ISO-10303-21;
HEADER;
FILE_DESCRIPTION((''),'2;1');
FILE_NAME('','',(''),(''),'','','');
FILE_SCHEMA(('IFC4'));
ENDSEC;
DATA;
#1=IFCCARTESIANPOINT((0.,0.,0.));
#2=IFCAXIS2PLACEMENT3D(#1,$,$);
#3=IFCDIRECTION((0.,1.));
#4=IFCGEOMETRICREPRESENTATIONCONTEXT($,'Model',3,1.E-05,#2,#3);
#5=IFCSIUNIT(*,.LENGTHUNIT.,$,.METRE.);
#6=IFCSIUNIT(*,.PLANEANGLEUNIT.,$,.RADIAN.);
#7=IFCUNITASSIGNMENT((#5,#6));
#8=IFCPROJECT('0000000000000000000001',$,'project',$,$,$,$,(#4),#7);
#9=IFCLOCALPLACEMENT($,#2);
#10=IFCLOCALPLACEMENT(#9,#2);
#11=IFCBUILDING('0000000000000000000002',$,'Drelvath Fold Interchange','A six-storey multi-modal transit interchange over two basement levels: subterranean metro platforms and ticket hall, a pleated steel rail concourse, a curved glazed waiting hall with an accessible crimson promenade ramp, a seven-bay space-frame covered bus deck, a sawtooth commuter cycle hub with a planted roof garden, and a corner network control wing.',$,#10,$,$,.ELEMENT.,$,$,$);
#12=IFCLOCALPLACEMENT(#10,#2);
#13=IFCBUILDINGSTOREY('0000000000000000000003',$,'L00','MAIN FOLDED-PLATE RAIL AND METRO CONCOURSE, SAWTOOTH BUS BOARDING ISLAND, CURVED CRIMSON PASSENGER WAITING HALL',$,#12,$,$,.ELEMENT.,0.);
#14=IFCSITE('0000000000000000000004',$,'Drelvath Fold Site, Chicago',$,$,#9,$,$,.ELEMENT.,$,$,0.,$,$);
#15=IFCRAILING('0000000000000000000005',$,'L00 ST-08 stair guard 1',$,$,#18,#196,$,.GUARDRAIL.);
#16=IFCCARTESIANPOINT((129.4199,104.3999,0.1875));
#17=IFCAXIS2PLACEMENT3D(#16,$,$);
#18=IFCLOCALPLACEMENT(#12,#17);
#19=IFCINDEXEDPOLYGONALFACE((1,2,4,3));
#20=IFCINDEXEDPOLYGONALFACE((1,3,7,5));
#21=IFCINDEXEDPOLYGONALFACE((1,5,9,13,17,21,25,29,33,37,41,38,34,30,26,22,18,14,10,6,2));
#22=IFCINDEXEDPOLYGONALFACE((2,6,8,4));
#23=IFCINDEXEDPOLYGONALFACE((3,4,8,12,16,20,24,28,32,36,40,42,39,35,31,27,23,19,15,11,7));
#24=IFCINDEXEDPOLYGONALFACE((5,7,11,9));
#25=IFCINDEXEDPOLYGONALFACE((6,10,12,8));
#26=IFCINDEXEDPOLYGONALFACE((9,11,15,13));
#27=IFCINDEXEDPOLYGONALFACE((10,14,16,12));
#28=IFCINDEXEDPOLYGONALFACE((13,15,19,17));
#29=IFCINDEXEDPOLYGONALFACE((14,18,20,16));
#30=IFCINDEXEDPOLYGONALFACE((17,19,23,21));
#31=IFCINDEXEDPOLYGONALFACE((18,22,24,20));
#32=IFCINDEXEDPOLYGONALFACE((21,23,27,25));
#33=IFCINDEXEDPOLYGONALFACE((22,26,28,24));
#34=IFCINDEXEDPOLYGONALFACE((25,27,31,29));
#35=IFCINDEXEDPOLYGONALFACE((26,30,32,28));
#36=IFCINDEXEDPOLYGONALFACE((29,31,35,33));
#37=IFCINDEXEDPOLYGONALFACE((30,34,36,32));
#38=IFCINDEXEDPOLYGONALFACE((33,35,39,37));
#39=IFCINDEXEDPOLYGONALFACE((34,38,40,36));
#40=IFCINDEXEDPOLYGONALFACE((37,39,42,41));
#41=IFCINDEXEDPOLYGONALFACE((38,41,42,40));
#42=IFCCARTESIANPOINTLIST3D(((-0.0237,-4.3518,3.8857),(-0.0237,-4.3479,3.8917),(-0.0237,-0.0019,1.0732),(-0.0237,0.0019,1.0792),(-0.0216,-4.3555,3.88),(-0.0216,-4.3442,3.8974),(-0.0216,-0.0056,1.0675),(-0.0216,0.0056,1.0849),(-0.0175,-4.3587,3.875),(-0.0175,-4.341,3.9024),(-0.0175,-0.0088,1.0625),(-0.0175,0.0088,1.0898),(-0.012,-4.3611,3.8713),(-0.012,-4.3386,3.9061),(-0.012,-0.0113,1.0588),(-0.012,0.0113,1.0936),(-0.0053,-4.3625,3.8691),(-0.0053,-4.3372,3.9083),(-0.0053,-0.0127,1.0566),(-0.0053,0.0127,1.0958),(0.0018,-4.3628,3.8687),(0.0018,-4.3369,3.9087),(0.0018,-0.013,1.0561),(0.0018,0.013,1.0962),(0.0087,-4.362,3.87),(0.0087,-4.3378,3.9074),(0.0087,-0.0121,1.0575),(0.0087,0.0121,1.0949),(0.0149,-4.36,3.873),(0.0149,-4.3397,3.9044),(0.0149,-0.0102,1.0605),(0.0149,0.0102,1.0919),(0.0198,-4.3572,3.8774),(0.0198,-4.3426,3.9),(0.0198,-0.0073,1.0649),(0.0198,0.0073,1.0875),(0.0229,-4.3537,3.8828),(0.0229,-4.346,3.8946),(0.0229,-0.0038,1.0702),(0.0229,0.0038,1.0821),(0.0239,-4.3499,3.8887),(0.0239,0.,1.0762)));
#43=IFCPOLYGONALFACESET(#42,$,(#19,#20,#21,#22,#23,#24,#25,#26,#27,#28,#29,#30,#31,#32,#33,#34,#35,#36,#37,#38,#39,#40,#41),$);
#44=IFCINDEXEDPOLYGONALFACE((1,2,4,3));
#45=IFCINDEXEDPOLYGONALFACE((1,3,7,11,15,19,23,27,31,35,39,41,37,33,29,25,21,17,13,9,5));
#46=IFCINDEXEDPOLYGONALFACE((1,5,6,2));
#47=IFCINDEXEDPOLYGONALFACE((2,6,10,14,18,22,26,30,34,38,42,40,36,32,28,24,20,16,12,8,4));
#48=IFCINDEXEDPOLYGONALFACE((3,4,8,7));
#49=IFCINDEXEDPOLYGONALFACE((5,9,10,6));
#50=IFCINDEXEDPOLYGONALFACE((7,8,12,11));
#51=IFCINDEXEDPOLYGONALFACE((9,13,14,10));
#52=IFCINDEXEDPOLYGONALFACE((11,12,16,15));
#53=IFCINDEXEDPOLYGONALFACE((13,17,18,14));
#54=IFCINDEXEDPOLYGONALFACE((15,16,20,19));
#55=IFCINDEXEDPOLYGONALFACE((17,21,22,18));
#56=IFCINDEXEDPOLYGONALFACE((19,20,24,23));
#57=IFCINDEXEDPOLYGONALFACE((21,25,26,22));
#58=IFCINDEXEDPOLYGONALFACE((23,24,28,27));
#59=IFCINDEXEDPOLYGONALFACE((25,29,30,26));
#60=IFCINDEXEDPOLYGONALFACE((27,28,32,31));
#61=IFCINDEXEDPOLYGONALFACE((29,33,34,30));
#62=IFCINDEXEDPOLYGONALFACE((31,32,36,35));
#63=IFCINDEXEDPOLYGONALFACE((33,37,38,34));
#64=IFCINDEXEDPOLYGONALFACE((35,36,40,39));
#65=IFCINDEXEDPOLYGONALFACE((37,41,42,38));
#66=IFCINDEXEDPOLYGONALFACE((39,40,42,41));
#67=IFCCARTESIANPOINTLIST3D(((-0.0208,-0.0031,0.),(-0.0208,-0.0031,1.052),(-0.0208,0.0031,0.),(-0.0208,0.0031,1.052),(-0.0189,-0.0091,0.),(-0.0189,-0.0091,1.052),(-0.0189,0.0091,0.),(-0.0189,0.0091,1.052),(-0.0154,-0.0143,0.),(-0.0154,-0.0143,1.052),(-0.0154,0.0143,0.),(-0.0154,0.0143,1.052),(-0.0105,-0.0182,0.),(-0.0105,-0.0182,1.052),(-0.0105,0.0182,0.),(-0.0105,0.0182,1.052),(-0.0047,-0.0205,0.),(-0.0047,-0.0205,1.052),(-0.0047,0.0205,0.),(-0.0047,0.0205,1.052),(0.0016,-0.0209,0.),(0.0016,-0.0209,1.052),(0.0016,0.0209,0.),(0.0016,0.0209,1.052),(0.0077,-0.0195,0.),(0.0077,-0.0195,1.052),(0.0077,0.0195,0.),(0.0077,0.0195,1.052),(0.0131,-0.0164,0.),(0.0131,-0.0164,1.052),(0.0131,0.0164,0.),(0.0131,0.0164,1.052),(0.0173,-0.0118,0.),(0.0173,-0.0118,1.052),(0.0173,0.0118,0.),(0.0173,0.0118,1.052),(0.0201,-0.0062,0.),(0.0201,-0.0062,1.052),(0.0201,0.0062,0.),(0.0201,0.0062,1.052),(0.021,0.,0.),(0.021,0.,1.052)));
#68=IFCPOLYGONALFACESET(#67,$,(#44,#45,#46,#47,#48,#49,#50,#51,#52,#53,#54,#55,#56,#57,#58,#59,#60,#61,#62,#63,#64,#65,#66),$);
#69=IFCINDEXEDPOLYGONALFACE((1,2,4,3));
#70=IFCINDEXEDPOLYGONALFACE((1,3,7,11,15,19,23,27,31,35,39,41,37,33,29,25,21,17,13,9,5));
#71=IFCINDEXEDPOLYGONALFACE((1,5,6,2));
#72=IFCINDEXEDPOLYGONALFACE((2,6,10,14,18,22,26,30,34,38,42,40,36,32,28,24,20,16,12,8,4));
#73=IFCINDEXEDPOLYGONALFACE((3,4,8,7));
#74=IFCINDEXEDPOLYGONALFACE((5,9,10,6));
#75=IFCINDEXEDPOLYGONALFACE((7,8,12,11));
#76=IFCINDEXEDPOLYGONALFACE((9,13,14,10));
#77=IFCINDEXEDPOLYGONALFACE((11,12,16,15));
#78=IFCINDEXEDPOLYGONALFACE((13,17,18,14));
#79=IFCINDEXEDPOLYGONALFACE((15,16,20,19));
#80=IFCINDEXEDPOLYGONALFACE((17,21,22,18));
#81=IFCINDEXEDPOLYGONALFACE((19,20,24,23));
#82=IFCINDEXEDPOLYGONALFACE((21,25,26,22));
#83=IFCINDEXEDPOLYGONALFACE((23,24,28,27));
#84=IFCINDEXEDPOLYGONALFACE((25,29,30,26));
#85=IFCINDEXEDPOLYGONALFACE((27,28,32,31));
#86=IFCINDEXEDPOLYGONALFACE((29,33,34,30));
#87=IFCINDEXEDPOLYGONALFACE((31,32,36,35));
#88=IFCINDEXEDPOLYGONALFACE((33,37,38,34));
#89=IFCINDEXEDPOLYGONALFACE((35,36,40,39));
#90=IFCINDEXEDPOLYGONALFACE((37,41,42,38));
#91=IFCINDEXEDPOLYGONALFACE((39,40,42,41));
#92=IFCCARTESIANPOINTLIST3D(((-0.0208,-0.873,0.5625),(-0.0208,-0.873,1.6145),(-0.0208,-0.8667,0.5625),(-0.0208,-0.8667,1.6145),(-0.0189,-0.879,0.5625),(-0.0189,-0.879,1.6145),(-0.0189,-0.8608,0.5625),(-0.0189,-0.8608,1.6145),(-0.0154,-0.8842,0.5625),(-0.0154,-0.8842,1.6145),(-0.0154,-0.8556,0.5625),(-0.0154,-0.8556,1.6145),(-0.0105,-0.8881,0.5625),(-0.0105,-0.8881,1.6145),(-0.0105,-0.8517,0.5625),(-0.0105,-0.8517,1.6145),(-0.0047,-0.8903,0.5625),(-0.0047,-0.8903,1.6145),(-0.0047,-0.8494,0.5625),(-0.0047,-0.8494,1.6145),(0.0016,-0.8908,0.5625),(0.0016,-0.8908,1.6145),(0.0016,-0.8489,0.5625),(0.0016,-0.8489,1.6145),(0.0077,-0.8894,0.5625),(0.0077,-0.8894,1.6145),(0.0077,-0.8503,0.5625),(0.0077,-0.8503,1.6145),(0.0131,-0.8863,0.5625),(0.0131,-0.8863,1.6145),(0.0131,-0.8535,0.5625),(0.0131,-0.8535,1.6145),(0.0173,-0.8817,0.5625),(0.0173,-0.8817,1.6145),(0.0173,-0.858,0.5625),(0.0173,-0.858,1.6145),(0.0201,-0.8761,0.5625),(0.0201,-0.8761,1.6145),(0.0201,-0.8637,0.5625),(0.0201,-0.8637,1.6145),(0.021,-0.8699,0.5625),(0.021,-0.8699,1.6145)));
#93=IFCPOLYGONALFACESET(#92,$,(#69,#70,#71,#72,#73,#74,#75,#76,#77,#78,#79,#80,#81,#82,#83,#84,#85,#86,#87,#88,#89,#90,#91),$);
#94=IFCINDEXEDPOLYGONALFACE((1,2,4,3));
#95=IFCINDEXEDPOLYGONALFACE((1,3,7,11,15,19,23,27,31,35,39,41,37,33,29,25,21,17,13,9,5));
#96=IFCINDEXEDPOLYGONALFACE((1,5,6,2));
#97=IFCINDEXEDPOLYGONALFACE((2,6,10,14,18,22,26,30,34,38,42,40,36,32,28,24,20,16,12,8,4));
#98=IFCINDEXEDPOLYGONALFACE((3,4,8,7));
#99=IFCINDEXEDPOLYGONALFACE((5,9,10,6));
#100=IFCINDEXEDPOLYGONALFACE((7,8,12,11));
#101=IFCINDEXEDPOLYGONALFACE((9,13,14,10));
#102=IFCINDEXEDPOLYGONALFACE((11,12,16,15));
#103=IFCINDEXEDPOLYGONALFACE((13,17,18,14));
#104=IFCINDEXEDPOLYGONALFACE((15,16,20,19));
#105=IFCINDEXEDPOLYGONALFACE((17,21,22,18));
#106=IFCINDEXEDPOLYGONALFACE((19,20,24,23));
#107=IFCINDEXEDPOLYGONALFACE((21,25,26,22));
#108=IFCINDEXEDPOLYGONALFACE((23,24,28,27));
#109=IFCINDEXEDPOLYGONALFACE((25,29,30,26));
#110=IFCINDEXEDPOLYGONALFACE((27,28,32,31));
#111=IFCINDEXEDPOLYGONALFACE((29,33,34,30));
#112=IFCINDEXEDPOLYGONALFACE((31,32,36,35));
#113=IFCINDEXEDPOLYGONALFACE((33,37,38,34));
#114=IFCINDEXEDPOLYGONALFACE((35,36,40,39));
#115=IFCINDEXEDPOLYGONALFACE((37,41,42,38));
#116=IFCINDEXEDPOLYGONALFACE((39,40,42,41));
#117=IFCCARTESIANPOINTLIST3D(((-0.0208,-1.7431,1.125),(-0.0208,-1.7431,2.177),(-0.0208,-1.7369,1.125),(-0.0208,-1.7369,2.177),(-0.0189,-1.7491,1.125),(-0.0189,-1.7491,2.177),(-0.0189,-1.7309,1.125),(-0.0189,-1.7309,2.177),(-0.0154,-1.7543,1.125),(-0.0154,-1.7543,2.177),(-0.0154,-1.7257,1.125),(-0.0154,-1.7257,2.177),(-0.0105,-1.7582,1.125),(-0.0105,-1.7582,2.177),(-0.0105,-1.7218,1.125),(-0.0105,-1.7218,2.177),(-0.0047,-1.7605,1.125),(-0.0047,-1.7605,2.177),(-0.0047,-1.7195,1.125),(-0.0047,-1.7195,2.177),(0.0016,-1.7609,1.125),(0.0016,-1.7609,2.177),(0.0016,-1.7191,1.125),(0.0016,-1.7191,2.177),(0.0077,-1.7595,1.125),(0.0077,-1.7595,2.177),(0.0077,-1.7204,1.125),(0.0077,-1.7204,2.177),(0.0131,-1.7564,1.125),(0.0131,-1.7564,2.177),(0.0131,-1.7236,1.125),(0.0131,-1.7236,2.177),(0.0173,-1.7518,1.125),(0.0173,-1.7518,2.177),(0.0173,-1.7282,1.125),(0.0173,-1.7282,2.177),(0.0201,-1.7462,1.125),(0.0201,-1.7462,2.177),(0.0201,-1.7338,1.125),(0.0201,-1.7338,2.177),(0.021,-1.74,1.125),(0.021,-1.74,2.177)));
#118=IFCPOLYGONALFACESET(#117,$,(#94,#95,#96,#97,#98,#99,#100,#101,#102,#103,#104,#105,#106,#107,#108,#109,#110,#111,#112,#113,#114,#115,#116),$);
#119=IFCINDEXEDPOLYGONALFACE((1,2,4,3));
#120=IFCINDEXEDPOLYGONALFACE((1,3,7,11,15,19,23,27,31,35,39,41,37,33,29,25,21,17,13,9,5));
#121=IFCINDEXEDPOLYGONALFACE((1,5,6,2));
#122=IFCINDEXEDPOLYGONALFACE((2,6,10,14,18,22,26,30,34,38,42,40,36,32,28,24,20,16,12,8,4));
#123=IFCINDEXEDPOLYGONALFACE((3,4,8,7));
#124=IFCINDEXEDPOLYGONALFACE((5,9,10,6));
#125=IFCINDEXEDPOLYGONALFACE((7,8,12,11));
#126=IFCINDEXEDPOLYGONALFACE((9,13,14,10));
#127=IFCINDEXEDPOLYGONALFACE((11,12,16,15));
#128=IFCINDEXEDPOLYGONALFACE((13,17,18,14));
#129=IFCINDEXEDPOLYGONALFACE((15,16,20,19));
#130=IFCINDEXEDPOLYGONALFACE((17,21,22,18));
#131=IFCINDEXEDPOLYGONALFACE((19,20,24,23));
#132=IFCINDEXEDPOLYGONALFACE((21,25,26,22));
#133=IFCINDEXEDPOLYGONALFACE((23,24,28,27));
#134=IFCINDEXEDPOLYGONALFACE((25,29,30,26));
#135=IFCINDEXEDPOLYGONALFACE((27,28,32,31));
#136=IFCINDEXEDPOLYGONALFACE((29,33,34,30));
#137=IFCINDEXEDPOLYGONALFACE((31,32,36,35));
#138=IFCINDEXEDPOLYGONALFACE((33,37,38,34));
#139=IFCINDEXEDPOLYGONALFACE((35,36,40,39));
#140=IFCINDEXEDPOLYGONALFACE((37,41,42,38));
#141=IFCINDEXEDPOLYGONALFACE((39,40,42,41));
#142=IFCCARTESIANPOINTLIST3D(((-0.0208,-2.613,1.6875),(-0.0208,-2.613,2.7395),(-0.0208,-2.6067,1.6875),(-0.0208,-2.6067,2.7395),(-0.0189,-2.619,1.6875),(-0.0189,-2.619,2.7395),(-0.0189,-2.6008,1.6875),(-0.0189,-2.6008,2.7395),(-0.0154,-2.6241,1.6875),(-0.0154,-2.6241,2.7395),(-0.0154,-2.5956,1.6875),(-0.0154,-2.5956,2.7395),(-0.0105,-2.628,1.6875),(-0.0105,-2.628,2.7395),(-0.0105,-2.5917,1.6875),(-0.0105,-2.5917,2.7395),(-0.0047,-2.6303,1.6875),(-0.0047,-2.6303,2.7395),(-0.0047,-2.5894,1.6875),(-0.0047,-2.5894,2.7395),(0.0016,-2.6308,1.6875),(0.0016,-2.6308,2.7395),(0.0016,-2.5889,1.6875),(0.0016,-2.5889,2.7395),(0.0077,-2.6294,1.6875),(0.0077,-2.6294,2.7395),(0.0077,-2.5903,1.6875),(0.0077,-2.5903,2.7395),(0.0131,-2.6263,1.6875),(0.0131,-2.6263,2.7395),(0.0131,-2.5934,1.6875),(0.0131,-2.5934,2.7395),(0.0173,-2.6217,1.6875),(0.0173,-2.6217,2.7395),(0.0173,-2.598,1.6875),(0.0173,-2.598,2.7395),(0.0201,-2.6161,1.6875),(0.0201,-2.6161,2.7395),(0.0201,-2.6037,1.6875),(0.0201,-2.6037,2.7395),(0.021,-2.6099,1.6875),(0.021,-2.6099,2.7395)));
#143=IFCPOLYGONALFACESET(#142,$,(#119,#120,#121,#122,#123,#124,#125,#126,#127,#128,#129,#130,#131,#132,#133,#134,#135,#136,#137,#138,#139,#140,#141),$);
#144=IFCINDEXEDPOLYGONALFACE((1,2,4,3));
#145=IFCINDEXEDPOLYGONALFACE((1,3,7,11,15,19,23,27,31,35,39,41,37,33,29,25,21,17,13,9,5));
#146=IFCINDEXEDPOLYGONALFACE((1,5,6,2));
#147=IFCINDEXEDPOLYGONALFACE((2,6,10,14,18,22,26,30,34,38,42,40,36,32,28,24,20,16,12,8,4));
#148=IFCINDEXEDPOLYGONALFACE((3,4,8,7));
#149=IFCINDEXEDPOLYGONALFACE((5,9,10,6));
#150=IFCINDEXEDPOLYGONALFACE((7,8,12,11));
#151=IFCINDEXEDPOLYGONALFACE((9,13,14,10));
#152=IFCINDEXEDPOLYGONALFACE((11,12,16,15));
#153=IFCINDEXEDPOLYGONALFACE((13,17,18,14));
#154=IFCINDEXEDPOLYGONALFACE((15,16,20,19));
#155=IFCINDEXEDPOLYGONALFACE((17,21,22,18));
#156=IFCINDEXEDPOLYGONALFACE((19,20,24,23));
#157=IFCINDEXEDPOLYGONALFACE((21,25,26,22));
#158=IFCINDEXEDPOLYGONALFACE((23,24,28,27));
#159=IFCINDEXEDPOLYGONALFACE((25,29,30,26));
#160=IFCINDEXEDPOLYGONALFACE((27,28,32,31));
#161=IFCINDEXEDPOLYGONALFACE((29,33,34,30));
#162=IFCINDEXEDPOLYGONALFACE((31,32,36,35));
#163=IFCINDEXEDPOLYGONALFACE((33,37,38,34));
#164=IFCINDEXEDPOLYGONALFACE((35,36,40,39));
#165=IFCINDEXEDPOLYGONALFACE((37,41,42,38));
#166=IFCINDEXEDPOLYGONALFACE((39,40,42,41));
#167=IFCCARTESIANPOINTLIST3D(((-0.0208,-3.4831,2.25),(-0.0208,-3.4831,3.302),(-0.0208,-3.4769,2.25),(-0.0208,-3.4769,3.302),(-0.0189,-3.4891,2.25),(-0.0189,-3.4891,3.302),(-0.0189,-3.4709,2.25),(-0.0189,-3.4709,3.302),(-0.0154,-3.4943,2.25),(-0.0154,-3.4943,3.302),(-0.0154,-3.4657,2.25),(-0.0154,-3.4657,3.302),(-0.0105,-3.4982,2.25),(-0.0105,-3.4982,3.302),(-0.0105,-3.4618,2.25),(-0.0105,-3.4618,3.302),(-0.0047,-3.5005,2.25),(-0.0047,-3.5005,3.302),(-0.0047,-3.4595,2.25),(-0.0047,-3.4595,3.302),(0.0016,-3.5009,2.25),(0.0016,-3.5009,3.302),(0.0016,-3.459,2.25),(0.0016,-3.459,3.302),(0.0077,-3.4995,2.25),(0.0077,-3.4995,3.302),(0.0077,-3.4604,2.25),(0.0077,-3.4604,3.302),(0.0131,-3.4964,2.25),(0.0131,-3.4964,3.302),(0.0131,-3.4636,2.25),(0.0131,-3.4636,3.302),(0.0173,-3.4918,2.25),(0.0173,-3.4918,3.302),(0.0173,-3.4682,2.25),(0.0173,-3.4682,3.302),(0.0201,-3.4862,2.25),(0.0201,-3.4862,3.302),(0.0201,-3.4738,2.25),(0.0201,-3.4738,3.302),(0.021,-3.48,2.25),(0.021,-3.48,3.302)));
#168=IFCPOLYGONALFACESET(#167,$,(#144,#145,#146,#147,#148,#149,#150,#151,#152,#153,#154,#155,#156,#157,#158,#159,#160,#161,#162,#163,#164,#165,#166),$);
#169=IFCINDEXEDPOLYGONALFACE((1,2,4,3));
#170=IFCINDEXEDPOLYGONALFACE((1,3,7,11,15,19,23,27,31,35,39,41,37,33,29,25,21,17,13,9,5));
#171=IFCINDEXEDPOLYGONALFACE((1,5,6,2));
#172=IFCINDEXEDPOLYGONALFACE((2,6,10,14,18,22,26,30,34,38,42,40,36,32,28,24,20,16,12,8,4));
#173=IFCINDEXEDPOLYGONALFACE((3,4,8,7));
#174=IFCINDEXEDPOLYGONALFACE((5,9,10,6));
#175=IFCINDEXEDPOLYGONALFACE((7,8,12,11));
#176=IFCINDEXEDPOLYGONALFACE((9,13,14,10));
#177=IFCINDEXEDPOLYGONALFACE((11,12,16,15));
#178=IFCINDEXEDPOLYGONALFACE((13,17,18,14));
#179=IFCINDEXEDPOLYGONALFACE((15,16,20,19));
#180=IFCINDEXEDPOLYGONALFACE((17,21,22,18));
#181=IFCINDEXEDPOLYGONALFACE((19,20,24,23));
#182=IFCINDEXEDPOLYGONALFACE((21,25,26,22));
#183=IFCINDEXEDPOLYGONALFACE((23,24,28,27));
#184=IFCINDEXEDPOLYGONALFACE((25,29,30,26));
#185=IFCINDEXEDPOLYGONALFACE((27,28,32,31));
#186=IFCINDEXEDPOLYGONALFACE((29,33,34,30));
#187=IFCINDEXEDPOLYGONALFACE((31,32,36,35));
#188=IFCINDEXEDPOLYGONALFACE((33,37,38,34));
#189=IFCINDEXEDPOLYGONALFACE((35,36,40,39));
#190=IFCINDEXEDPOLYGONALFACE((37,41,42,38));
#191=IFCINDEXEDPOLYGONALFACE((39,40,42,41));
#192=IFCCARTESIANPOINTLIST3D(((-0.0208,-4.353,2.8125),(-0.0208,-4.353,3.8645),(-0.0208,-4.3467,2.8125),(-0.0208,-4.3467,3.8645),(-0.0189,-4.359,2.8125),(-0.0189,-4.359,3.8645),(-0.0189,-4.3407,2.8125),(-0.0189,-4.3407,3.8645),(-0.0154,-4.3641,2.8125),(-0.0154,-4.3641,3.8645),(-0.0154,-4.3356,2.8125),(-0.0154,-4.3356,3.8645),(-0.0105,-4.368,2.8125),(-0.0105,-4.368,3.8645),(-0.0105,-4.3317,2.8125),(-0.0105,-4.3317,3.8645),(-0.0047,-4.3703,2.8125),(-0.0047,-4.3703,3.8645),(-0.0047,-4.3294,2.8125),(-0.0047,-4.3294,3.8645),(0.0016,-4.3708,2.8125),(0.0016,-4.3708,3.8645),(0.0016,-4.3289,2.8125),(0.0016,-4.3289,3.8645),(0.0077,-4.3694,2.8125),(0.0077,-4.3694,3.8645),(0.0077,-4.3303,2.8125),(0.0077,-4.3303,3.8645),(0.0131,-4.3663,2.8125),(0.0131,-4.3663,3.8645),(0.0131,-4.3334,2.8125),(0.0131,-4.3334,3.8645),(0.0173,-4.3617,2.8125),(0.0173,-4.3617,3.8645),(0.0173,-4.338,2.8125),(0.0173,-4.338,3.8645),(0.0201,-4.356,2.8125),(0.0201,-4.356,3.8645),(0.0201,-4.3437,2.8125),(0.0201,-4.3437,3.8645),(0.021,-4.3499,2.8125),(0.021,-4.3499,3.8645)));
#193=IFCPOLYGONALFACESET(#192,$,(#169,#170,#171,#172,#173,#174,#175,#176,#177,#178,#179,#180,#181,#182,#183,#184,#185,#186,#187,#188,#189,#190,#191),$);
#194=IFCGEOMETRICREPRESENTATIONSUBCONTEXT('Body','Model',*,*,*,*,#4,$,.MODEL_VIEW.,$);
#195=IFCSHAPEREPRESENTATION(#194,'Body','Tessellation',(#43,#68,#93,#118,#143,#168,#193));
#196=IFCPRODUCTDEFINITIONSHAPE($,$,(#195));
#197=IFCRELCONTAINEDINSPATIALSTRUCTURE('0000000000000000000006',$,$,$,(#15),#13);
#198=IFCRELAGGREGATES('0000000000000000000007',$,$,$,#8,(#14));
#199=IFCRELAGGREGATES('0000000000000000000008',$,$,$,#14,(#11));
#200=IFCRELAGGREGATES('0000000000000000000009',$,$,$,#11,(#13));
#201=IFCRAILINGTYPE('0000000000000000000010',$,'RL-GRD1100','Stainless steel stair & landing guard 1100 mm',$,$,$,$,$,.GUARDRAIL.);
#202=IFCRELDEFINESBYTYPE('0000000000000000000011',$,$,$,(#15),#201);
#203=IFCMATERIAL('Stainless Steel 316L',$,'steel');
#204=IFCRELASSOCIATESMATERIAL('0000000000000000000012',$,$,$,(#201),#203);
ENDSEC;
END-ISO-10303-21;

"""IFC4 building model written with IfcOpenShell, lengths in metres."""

from ifc_helpers import new_model, si_unit, direction, frame, origin, origin_2d, place, context, subcontext, project, spatial, circle, extrude, material, type_object, element, save


model = new_model("IFC4")

# Units and contexts
model_context = context("Model", 3, precision=1e-05, world=origin(), true_north=direction((0.0, 1.0)))
body_context = subcontext(model_context, "Body", "Model", "MODEL_VIEW")
ifc_project = project(units=[si_unit("LENGTHUNIT", "METRE"), si_unit("PLANEANGLEUNIT", "RADIAN")], contexts=[model_context])

# Site, building, storey
site_placement = place(None, origin())
site = spatial("IfcSite", under=ifc_project, at=site_placement, Name="Drelvath Fold Site, Chicago", CompositionType="ELEMENT", RefElevation=0.0)
building_placement = place(site_placement, origin())
building = spatial("IfcBuilding", under=site, at=building_placement, Name="Drelvath Fold Interchange", Description="A six-storey multi-modal transit interchange over two basement levels: subterranean metro platforms and ticket hall, a pleated steel rail concourse, a curved glazed waiting hall with an accessible crimson promenade ramp, a seven-bay space-frame covered bus deck, a sawtooth commuter cycle hub with a planted roof garden, and a corner network control wing.", CompositionType="ELEMENT")
storey_placement = place(building_placement, origin())
storey = spatial("IfcBuildingStorey", under=building, at=storey_placement, Name="L00", Description="MAIN FOLDED-PLATE RAIL AND METRO CONCOURSE, SAWTOOTH BUS BOARDING ISLAND, CURVED CRIMSON PASSENGER WAITING HALL", CompositionType="ELEMENT", Elevation=0.0)

# Railing
ifc_material_1 = material(Name="Stainless Steel 316L", Category="steel")
railing_type_1 = type_object("IfcRailingType", Name="RL-GRD1100", Description="Stainless steel stair & landing guard 1100 mm", PredefinedType="GUARDRAIL", material=ifc_material_1)
railing_1_placement = place(storey_placement, frame((129.4199, 104.3999, 0.1875)))
element("IfcRailing", 1, at=railing_1_placement, inside=storey, type_object=railing_type_1, Name="L00 ST-08 stair guard 1", PredefinedType="GUARDRAIL", context=body_context, shape_type="SweptSolid", body=[
    extrude(circle(Radius=0.0239, at=origin_2d()), frame((0.0, 0.0, 1.0762), z_axis=(0.0, -0.839756, 0.542964), x_axis=(1.0, 0.0, 0.0)), (0.0, 0.0, 1.0), 5.1799),
    extrude(circle(Radius=0.021, at=origin_2d()), origin(), (0.0, 0.0, 1.0), 1.052),
    extrude(circle(Radius=0.021, at=origin_2d()), frame((0.0, -0.8699, 0.5625)), (0.0, 0.0, 1.0), 1.052),
    extrude(circle(Radius=0.021, at=origin_2d()), frame((0.0, -1.74, 1.125)), (0.0, 0.0, 1.0), 1.052),
    extrude(circle(Radius=0.021, at=origin_2d()), frame((0.0, -2.6099, 1.6875)), (0.0, 0.0, 1.0), 1.052),
    extrude(circle(Radius=0.021, at=origin_2d()), frame((0.0, -3.48, 2.25)), (0.0, 0.0, 1.0), 1.052),
    extrude(circle(Radius=0.021, at=origin_2d()), frame((0.0, -4.3499, 2.8125)), (0.0, 0.0, 1.0), 1.052),
])

save(model, "model.ifc")
